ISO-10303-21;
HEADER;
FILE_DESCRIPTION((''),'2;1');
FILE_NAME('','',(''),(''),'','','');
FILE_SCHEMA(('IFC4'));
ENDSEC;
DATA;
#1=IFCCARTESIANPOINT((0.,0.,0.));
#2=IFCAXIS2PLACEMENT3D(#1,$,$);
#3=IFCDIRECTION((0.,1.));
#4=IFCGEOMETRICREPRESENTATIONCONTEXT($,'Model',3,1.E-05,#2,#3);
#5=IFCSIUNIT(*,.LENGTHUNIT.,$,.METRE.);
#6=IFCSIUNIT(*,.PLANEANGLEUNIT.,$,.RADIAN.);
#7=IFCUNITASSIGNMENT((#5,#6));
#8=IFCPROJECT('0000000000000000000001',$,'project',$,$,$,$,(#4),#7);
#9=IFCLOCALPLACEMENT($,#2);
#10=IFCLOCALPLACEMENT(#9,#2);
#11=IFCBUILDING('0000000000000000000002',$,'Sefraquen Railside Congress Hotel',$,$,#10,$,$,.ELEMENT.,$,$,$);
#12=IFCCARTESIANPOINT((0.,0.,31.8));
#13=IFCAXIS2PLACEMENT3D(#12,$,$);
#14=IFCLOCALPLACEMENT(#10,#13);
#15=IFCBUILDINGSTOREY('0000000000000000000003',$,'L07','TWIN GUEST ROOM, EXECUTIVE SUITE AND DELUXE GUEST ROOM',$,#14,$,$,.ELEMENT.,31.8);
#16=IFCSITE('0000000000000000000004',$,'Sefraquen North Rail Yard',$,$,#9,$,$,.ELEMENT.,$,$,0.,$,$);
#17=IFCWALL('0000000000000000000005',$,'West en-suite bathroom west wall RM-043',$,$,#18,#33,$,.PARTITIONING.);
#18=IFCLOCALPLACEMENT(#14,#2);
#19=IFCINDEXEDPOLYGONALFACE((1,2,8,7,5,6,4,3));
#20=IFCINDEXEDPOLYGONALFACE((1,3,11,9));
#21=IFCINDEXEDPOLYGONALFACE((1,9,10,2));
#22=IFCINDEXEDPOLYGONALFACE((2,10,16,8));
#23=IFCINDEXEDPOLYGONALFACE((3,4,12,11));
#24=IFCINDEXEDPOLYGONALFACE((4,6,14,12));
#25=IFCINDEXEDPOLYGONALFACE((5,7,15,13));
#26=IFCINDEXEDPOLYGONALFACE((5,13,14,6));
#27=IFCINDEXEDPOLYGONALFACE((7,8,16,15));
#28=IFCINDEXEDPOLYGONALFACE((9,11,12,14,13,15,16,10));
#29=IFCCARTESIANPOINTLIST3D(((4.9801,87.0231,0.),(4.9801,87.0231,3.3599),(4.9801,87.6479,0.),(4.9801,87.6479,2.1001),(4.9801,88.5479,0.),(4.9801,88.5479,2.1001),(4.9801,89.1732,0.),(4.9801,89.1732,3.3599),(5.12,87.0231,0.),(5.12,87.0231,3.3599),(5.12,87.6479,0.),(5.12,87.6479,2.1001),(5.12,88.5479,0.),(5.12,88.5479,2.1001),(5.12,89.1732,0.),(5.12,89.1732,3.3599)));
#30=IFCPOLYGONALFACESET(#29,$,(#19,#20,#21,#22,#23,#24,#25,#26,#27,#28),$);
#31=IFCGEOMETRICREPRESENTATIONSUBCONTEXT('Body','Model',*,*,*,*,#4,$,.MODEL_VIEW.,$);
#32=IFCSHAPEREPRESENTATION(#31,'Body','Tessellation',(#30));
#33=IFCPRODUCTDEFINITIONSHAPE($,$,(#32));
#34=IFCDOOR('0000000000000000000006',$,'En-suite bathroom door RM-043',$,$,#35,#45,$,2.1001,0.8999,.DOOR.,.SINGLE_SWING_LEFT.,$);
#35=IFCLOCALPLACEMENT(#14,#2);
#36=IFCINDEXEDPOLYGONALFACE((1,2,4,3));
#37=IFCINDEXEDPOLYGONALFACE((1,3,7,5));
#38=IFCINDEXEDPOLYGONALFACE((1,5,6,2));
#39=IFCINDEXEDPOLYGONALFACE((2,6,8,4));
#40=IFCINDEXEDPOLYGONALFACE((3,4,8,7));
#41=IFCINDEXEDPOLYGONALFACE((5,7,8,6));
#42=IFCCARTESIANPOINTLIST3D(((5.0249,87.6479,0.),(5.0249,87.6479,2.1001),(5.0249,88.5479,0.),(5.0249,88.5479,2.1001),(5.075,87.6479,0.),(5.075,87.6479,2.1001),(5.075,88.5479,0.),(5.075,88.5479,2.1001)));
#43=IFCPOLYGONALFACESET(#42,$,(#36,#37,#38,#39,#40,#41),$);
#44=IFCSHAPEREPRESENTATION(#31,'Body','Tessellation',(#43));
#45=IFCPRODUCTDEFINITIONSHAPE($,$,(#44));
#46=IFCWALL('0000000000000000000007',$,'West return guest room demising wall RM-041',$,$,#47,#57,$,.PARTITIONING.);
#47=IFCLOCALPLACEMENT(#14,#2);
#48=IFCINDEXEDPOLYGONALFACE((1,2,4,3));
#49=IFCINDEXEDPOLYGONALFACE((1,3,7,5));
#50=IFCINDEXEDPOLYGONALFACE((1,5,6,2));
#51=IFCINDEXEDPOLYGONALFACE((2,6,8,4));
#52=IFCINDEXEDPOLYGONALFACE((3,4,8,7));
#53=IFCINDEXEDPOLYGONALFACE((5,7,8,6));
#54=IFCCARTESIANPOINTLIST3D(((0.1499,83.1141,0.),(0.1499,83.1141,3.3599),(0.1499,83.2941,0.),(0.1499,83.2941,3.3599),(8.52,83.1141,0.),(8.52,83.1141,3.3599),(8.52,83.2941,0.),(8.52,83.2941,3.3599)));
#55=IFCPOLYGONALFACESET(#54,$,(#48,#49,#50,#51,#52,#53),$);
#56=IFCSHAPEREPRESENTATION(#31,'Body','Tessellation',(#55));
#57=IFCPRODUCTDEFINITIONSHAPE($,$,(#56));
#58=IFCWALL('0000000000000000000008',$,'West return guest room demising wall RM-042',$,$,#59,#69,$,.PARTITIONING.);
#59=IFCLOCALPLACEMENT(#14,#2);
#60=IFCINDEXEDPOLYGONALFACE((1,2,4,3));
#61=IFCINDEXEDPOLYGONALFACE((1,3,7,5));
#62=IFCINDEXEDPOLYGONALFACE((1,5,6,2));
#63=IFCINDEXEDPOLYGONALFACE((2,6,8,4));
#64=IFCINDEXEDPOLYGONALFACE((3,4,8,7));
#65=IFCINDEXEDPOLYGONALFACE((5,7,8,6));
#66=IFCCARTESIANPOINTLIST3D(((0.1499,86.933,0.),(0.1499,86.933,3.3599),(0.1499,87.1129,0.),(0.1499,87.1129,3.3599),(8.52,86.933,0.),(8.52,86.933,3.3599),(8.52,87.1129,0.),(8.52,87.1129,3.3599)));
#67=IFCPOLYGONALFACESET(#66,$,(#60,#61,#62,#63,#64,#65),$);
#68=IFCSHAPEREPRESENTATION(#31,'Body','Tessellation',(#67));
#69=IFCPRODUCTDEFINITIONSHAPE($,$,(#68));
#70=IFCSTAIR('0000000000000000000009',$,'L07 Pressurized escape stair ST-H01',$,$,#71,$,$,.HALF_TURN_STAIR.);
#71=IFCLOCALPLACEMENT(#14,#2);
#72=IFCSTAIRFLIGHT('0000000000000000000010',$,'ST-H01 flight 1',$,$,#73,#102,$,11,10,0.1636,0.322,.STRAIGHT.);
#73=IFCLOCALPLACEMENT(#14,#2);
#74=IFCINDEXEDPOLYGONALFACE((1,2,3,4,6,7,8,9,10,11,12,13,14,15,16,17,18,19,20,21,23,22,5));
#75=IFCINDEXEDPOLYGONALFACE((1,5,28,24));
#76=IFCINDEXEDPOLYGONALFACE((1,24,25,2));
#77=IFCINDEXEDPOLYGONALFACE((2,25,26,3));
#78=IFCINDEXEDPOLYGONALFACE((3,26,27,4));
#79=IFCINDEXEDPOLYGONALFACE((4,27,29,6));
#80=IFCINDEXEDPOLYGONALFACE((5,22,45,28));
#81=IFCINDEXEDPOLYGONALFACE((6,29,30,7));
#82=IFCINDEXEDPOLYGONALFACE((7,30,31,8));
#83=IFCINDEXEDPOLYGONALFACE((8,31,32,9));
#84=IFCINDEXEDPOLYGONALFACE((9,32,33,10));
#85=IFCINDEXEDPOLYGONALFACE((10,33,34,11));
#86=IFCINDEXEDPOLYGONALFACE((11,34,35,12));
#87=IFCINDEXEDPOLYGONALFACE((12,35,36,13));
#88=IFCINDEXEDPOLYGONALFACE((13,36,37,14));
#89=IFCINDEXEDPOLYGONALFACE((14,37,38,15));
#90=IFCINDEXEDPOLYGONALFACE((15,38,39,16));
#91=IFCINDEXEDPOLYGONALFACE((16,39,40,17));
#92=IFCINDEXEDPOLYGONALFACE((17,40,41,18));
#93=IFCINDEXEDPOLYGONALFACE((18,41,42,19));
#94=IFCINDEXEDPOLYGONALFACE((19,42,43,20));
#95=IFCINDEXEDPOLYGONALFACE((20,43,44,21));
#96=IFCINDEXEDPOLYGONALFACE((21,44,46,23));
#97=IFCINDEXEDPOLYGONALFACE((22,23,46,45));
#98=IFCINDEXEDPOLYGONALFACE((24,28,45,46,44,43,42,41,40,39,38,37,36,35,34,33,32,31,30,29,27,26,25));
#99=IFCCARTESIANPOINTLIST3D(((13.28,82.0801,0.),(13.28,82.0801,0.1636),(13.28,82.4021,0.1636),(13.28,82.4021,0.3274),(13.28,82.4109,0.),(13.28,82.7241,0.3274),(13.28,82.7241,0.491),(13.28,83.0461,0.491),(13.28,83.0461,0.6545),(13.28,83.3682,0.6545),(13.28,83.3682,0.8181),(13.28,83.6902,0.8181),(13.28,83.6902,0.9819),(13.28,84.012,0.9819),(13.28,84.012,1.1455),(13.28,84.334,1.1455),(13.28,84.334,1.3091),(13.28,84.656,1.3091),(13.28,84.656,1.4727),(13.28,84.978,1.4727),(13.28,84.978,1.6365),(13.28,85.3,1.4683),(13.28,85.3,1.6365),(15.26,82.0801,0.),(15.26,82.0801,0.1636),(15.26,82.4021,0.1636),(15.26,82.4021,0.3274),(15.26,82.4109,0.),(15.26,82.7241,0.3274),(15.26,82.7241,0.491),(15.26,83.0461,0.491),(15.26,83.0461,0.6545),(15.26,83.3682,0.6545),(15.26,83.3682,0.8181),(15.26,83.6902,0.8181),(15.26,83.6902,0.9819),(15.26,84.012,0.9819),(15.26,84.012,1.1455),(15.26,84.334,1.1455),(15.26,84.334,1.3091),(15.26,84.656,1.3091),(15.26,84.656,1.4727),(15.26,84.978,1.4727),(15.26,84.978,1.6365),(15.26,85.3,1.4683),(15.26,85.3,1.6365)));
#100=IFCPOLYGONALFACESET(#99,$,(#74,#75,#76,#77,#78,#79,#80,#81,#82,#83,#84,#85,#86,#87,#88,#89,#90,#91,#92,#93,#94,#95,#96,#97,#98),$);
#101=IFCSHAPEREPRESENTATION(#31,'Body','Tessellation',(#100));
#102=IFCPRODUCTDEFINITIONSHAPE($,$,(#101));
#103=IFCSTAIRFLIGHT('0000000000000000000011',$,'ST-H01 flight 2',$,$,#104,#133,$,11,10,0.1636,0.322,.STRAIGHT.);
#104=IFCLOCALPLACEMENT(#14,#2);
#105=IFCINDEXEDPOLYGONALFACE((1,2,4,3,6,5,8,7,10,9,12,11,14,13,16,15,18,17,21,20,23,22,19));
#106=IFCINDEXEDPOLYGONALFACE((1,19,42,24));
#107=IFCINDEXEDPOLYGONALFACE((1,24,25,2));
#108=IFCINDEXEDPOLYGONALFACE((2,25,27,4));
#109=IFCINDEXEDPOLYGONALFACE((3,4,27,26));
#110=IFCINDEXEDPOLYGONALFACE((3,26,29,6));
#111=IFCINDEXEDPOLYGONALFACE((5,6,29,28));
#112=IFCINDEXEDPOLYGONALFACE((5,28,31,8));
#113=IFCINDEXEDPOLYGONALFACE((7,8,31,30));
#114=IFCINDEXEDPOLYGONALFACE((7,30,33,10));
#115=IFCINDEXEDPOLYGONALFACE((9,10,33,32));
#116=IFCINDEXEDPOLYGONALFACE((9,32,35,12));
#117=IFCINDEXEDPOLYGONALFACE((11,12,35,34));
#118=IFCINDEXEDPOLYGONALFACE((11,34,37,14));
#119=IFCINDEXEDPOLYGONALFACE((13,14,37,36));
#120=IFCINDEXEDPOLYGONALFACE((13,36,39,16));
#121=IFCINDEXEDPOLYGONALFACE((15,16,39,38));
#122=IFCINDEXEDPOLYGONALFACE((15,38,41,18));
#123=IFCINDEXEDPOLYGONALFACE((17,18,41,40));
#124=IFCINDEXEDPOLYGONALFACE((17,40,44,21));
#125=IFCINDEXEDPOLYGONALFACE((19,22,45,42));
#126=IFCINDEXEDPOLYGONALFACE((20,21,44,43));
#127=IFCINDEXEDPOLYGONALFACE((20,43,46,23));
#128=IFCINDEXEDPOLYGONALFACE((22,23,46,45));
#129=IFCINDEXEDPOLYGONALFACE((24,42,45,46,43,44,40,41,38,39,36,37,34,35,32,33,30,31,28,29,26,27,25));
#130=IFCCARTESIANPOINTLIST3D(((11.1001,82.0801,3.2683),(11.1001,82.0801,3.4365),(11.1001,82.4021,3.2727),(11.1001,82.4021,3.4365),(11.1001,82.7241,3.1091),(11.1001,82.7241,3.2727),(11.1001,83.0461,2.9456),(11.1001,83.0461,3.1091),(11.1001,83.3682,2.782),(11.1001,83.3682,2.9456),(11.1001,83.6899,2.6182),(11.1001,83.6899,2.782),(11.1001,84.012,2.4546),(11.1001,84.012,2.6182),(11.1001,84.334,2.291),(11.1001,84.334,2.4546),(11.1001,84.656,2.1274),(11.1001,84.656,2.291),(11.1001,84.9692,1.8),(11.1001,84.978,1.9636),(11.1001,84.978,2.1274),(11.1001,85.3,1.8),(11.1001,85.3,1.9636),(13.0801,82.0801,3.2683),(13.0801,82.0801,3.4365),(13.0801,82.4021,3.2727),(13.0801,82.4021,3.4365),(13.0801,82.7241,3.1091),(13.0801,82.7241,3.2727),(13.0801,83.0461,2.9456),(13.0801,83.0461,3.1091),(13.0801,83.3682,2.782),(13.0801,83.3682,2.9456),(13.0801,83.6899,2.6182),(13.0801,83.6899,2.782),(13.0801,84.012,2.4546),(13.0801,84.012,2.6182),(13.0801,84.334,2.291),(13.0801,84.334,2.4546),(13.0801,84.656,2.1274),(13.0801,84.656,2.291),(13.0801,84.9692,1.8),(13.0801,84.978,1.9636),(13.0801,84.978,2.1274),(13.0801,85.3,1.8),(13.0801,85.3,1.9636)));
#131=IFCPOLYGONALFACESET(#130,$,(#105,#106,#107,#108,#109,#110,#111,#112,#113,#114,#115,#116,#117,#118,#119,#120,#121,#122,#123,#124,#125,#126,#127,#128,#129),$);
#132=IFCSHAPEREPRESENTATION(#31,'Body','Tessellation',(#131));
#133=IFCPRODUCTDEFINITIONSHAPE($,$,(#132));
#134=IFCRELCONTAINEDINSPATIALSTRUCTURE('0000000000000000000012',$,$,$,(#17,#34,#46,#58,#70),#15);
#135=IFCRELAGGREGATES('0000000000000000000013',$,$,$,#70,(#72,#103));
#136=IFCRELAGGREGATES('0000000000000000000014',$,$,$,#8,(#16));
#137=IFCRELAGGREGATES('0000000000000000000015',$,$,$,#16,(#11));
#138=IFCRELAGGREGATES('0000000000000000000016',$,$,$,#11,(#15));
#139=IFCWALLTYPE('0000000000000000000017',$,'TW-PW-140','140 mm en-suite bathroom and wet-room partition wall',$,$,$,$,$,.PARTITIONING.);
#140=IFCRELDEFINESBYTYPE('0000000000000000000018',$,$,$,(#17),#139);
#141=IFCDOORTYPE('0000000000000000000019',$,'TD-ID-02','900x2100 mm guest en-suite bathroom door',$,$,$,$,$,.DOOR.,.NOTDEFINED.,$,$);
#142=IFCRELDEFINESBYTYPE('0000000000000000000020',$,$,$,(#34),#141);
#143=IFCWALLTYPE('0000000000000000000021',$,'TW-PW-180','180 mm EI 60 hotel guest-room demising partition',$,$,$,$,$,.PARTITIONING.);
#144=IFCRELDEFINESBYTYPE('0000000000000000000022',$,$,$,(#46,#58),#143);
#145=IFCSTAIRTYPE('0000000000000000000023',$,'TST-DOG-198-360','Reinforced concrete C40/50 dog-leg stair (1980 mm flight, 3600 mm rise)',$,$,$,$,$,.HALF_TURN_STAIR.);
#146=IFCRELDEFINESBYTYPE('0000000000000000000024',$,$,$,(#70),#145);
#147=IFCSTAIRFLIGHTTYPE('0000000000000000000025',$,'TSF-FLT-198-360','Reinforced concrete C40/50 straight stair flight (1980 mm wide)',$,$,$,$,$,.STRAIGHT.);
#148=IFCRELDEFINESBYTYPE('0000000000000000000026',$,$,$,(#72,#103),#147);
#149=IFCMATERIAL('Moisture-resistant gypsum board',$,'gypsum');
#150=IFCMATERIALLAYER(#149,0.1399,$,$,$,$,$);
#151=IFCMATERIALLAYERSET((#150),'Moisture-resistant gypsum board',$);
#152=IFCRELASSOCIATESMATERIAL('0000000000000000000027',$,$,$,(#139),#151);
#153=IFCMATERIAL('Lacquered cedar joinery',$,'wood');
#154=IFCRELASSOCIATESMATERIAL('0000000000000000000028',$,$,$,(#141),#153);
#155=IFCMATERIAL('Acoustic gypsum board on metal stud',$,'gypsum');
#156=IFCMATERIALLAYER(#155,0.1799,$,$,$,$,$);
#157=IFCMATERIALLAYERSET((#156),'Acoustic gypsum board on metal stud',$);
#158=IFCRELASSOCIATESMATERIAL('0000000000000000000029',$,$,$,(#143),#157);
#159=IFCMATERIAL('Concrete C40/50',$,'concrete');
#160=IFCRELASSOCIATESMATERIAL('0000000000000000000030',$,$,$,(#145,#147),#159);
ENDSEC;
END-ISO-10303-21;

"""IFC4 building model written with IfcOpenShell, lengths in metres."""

from ifc_helpers import new_model, si_unit, direction, frame, frame_2d, origin, place, context, subcontext, project, spatial, polyline, rectangle, outline, extrude, material, layer, layer_set, type_object, element, fill, aggregate, save


model = new_model("IFC4")

# Units and contexts
model_context = context("Model", 3, precision=1e-05, world=origin(), true_north=direction((0.0, 1.0)))
body_context = subcontext(model_context, "Body", "Model", "MODEL_VIEW")
ifc_project = project(units=[si_unit("LENGTHUNIT", "METRE"), si_unit("PLANEANGLEUNIT", "RADIAN")], contexts=[model_context])

# Site, building, storey
site_placement = place(None, origin())
site = spatial("IfcSite", under=ifc_project, at=site_placement, Name="Sefraquen North Rail Yard", CompositionType="ELEMENT", RefElevation=0.0)
building_placement = place(site_placement, origin())
building = spatial("IfcBuilding", under=site, at=building_placement, Name="Sefraquen Railside Congress Hotel", CompositionType="ELEMENT")
storey_placement = place(building_placement, frame((0.0, 0.0, 31.8)))
storey = spatial("IfcBuildingStorey", under=building, at=storey_placement, Name="L07", Description="TWIN GUEST ROOM, EXECUTIVE SUITE AND DELUXE GUEST ROOM", CompositionType="ELEMENT", Elevation=31.8)

# Shared definitions
ifc_material_1 = material(Name="Concrete C40/50", Category="concrete")
ifc_material_2 = material(Name="Moisture-resistant gypsum board", Category="gypsum")
ifc_layer_1 = layer(ifc_material_2, 0.1399)
ifc_layer_set_1 = layer_set([ifc_layer_1], Name="Moisture-resistant gypsum board")
wall_type_1 = type_object("IfcWallType", Name="TW-PW-140", Description="140 mm en-suite bathroom and wet-room partition wall", PredefinedType="PARTITIONING", material=ifc_layer_set_1)

# Wall, opening, door
ifc_material_3 = material(Name="Lacquered cedar joinery", Category="wood")
door_type_1 = type_object("IfcDoorType", Name="TD-ID-02", Description="900x2100 mm guest en-suite bathroom door", OperationType="NOTDEFINED", PredefinedType="DOOR", material=ifc_material_3)
wall_1_placement = place(storey_placement, frame((5.05, 87.0229, 0.0), z_axis=(0.0, 0.0, 1.0), x_axis=(0.0, 1.0, 0.0)))
wall_1 = element("IfcWall", 1, at=wall_1_placement, inside=storey, type_object=wall_type_1, Name="West en-suite bathroom west wall RM-043", PredefinedType="PARTITIONING", context=body_context, shape_type="SweptSolid", body=[
    extrude(rectangle(XDim=2.1501, YDim=0.1399, at=frame_2d((1.0752, 0.0))), origin(), (0.0, 0.0, 1.0), 3.3599),
])
opening_1_placement = place(wall_1_placement, frame((0.625, 0.0, 0.0)))
opening_1 = element("IfcOpeningElement", 2, at=opening_1_placement, cuts=wall_1, PredefinedType="OPENING", context=body_context, shape_type="SweptSolid", body=[
    extrude(rectangle(XDim=0.8999, YDim=2.1001, at=frame_2d((0.45, 1.05))), frame((0.0, 0.0798, 0.0), z_axis=(0.0, -1.0, 0.0), x_axis=(1.0, 0.0, 0.0)), (0.0, 0.0, 1.0), 0.1599),
])
door_1_placement = place(opening_1_placement, frame((0.8999, 0.0, 0.0), z_axis=(0.0, 0.0, 1.0), x_axis=(-1.0, 0.0, 0.0)))
door_1 = element("IfcDoor", 3, at=door_1_placement, inside=storey, type_object=door_type_1, Name="En-suite bathroom door RM-043", OperationType="SINGLE_SWING_LEFT", OverallHeight=2.1001, OverallWidth=0.8999, PredefinedType="DOOR", context=body_context, shape_type="SweptSolid", body=[
    extrude(rectangle(XDim=0.8999, YDim=2.1001, at=frame_2d((0.45, 1.05))), frame((0.0, 0.0249, 0.0), z_axis=(0.0, -1.0, 0.0), x_axis=(1.0, 0.0, 0.0)), (0.0, 0.0, 1.0), 0.05),
])
fill(opening_1, door_1)

# Walls
ifc_material_4 = material(Name="Acoustic gypsum board on metal stud", Category="gypsum")
ifc_layer_2 = layer(ifc_material_4, 0.1799)
ifc_layer_set_2 = layer_set([ifc_layer_2], Name="Acoustic gypsum board on metal stud")
wall_type_2 = type_object("IfcWallType", Name="TW-PW-180", Description="180 mm EI 60 hotel guest-room demising partition", PredefinedType="PARTITIONING", material=ifc_layer_set_2)
for number, where, z_axis, x_axis, name in (
    (4, (0.1499, 83.2041, 0.0), (0.0, 0.0, 1.0), (1.0, 0.0, 0.0), "West return guest room demising wall RM-041"),
    (5, (0.1499, 87.0229, 0.0), (0.0, 0.0, 1.0), (1.0, 0.0, 0.0), "West return guest room demising wall RM-042"),
):
    element("IfcWall", number, at=place(storey_placement, frame(where, z_axis=z_axis, x_axis=x_axis)), inside=storey, type_object=wall_type_2, Name=name, PredefinedType="PARTITIONING", context=body_context, shape_type="SweptSolid", body=[
        extrude(rectangle(XDim=8.3701, YDim=0.1799, at=frame_2d((4.1851, 0.0))), origin(), (0.0, 0.0, 1.0), 3.3599),
    ])

# Stair, stair flights
stair_type = type_object("IfcStairType", Name="TST-DOG-198-360", Description="Reinforced concrete C40/50 dog-leg stair (1980 mm flight, 3600 mm rise)", PredefinedType="HALF_TURN_STAIR", material=ifc_material_1)
stair_placement = place(storey_placement, origin())
stair = element("IfcStair", 6, at=stair_placement, inside=storey, type_object=stair_type, Name="L07 Pressurized escape stair ST-H01", PredefinedType="HALF_TURN_STAIR")
stair_flight_type = type_object("IfcStairFlightType", Name="TSF-FLT-198-360", Description="Reinforced concrete C40/50 straight stair flight (1980 mm wide)", PredefinedType="STRAIGHT", material=ifc_material_1)
stair_flight_1_placement = place(storey_placement, frame((14.27, 82.0801, 0.0), z_axis=(0.0, 0.0, 1.0), x_axis=(0.0, 1.0, 0.0)))
stair_flight_1 = element("IfcStairFlight", 7, at=stair_flight_1_placement, type_object=stair_flight_type, Name="ST-H01 flight 1", NumberOfRisers=11, NumberOfTreads=10, PredefinedType="STRAIGHT", RiserHeight=0.1636, TreadLength=0.322, context=body_context, shape_type="SweptSolid", body=[
    extrude(outline(polyline([(0.0, 0.0), (0.0, 0.1636), (0.322, 0.1636), (0.322, 0.3274), (0.644, 0.3274), (0.644, 0.491), (0.9661, 0.491), (0.9661, 0.6545), (1.2881, 0.6545), (1.2881, 0.8181), (1.6101, 0.8181), (1.6101, 0.9819), (1.9319, 0.9819), (1.9319, 1.1455), (2.2539, 1.1455), (2.2539, 1.3091), (2.5759, 1.3091), (2.5759, 1.4727), (2.8979, 1.4727), (2.8979, 1.6365), (3.22, 1.6365), (3.22, 1.8), (3.22, 1.4683), (0.3308, 0.0), (0.0, 0.0)])), frame((0.0, 0.99, 0.0), z_axis=(0.0, -1.0, 0.0), x_axis=(1.0, 0.0, 0.0)), (0.0, 0.0, 1.0), 1.98),
])
stair_flight_2_placement = place(storey_placement, frame((12.0901, 85.3, 1.8), z_axis=(0.0, 0.0, 1.0), x_axis=(0.0, -1.0, 0.0)))
stair_flight_2 = element("IfcStairFlight", 8, at=stair_flight_2_placement, type_object=stair_flight_type, Name="ST-H01 flight 2", NumberOfRisers=11, NumberOfTreads=10, PredefinedType="STRAIGHT", RiserHeight=0.1636, TreadLength=0.322, context=body_context, shape_type="SweptSolid", body=[
    extrude(outline(polyline([(0.0, 0.0), (0.0, 0.1636), (0.322, 0.1636), (0.322, 0.3274), (0.644, 0.3274), (0.644, 0.491), (0.9661, 0.491), (0.9661, 0.6545), (1.2881, 0.6545), (1.2881, 0.8181), (1.6101, 0.8181), (1.6101, 0.9819), (1.9319, 0.9819), (1.9319, 1.1455), (2.2539, 1.1455), (2.2539, 1.3091), (2.5759, 1.3091), (2.5759, 1.4727), (2.8979, 1.4727), (2.8979, 1.6365), (3.22, 1.6365), (3.22, 1.8), (3.22, 1.4683), (0.3308, 0.0), (0.0, 0.0)])), frame((0.0, 0.99, 0.0), z_axis=(0.0, -1.0, 0.0), x_axis=(1.0, 0.0, 0.0)), (0.0, 0.0, 1.0), 1.98),
])
aggregate(stair, [stair_flight_1, stair_flight_2])

save(model, "model.ifc")
